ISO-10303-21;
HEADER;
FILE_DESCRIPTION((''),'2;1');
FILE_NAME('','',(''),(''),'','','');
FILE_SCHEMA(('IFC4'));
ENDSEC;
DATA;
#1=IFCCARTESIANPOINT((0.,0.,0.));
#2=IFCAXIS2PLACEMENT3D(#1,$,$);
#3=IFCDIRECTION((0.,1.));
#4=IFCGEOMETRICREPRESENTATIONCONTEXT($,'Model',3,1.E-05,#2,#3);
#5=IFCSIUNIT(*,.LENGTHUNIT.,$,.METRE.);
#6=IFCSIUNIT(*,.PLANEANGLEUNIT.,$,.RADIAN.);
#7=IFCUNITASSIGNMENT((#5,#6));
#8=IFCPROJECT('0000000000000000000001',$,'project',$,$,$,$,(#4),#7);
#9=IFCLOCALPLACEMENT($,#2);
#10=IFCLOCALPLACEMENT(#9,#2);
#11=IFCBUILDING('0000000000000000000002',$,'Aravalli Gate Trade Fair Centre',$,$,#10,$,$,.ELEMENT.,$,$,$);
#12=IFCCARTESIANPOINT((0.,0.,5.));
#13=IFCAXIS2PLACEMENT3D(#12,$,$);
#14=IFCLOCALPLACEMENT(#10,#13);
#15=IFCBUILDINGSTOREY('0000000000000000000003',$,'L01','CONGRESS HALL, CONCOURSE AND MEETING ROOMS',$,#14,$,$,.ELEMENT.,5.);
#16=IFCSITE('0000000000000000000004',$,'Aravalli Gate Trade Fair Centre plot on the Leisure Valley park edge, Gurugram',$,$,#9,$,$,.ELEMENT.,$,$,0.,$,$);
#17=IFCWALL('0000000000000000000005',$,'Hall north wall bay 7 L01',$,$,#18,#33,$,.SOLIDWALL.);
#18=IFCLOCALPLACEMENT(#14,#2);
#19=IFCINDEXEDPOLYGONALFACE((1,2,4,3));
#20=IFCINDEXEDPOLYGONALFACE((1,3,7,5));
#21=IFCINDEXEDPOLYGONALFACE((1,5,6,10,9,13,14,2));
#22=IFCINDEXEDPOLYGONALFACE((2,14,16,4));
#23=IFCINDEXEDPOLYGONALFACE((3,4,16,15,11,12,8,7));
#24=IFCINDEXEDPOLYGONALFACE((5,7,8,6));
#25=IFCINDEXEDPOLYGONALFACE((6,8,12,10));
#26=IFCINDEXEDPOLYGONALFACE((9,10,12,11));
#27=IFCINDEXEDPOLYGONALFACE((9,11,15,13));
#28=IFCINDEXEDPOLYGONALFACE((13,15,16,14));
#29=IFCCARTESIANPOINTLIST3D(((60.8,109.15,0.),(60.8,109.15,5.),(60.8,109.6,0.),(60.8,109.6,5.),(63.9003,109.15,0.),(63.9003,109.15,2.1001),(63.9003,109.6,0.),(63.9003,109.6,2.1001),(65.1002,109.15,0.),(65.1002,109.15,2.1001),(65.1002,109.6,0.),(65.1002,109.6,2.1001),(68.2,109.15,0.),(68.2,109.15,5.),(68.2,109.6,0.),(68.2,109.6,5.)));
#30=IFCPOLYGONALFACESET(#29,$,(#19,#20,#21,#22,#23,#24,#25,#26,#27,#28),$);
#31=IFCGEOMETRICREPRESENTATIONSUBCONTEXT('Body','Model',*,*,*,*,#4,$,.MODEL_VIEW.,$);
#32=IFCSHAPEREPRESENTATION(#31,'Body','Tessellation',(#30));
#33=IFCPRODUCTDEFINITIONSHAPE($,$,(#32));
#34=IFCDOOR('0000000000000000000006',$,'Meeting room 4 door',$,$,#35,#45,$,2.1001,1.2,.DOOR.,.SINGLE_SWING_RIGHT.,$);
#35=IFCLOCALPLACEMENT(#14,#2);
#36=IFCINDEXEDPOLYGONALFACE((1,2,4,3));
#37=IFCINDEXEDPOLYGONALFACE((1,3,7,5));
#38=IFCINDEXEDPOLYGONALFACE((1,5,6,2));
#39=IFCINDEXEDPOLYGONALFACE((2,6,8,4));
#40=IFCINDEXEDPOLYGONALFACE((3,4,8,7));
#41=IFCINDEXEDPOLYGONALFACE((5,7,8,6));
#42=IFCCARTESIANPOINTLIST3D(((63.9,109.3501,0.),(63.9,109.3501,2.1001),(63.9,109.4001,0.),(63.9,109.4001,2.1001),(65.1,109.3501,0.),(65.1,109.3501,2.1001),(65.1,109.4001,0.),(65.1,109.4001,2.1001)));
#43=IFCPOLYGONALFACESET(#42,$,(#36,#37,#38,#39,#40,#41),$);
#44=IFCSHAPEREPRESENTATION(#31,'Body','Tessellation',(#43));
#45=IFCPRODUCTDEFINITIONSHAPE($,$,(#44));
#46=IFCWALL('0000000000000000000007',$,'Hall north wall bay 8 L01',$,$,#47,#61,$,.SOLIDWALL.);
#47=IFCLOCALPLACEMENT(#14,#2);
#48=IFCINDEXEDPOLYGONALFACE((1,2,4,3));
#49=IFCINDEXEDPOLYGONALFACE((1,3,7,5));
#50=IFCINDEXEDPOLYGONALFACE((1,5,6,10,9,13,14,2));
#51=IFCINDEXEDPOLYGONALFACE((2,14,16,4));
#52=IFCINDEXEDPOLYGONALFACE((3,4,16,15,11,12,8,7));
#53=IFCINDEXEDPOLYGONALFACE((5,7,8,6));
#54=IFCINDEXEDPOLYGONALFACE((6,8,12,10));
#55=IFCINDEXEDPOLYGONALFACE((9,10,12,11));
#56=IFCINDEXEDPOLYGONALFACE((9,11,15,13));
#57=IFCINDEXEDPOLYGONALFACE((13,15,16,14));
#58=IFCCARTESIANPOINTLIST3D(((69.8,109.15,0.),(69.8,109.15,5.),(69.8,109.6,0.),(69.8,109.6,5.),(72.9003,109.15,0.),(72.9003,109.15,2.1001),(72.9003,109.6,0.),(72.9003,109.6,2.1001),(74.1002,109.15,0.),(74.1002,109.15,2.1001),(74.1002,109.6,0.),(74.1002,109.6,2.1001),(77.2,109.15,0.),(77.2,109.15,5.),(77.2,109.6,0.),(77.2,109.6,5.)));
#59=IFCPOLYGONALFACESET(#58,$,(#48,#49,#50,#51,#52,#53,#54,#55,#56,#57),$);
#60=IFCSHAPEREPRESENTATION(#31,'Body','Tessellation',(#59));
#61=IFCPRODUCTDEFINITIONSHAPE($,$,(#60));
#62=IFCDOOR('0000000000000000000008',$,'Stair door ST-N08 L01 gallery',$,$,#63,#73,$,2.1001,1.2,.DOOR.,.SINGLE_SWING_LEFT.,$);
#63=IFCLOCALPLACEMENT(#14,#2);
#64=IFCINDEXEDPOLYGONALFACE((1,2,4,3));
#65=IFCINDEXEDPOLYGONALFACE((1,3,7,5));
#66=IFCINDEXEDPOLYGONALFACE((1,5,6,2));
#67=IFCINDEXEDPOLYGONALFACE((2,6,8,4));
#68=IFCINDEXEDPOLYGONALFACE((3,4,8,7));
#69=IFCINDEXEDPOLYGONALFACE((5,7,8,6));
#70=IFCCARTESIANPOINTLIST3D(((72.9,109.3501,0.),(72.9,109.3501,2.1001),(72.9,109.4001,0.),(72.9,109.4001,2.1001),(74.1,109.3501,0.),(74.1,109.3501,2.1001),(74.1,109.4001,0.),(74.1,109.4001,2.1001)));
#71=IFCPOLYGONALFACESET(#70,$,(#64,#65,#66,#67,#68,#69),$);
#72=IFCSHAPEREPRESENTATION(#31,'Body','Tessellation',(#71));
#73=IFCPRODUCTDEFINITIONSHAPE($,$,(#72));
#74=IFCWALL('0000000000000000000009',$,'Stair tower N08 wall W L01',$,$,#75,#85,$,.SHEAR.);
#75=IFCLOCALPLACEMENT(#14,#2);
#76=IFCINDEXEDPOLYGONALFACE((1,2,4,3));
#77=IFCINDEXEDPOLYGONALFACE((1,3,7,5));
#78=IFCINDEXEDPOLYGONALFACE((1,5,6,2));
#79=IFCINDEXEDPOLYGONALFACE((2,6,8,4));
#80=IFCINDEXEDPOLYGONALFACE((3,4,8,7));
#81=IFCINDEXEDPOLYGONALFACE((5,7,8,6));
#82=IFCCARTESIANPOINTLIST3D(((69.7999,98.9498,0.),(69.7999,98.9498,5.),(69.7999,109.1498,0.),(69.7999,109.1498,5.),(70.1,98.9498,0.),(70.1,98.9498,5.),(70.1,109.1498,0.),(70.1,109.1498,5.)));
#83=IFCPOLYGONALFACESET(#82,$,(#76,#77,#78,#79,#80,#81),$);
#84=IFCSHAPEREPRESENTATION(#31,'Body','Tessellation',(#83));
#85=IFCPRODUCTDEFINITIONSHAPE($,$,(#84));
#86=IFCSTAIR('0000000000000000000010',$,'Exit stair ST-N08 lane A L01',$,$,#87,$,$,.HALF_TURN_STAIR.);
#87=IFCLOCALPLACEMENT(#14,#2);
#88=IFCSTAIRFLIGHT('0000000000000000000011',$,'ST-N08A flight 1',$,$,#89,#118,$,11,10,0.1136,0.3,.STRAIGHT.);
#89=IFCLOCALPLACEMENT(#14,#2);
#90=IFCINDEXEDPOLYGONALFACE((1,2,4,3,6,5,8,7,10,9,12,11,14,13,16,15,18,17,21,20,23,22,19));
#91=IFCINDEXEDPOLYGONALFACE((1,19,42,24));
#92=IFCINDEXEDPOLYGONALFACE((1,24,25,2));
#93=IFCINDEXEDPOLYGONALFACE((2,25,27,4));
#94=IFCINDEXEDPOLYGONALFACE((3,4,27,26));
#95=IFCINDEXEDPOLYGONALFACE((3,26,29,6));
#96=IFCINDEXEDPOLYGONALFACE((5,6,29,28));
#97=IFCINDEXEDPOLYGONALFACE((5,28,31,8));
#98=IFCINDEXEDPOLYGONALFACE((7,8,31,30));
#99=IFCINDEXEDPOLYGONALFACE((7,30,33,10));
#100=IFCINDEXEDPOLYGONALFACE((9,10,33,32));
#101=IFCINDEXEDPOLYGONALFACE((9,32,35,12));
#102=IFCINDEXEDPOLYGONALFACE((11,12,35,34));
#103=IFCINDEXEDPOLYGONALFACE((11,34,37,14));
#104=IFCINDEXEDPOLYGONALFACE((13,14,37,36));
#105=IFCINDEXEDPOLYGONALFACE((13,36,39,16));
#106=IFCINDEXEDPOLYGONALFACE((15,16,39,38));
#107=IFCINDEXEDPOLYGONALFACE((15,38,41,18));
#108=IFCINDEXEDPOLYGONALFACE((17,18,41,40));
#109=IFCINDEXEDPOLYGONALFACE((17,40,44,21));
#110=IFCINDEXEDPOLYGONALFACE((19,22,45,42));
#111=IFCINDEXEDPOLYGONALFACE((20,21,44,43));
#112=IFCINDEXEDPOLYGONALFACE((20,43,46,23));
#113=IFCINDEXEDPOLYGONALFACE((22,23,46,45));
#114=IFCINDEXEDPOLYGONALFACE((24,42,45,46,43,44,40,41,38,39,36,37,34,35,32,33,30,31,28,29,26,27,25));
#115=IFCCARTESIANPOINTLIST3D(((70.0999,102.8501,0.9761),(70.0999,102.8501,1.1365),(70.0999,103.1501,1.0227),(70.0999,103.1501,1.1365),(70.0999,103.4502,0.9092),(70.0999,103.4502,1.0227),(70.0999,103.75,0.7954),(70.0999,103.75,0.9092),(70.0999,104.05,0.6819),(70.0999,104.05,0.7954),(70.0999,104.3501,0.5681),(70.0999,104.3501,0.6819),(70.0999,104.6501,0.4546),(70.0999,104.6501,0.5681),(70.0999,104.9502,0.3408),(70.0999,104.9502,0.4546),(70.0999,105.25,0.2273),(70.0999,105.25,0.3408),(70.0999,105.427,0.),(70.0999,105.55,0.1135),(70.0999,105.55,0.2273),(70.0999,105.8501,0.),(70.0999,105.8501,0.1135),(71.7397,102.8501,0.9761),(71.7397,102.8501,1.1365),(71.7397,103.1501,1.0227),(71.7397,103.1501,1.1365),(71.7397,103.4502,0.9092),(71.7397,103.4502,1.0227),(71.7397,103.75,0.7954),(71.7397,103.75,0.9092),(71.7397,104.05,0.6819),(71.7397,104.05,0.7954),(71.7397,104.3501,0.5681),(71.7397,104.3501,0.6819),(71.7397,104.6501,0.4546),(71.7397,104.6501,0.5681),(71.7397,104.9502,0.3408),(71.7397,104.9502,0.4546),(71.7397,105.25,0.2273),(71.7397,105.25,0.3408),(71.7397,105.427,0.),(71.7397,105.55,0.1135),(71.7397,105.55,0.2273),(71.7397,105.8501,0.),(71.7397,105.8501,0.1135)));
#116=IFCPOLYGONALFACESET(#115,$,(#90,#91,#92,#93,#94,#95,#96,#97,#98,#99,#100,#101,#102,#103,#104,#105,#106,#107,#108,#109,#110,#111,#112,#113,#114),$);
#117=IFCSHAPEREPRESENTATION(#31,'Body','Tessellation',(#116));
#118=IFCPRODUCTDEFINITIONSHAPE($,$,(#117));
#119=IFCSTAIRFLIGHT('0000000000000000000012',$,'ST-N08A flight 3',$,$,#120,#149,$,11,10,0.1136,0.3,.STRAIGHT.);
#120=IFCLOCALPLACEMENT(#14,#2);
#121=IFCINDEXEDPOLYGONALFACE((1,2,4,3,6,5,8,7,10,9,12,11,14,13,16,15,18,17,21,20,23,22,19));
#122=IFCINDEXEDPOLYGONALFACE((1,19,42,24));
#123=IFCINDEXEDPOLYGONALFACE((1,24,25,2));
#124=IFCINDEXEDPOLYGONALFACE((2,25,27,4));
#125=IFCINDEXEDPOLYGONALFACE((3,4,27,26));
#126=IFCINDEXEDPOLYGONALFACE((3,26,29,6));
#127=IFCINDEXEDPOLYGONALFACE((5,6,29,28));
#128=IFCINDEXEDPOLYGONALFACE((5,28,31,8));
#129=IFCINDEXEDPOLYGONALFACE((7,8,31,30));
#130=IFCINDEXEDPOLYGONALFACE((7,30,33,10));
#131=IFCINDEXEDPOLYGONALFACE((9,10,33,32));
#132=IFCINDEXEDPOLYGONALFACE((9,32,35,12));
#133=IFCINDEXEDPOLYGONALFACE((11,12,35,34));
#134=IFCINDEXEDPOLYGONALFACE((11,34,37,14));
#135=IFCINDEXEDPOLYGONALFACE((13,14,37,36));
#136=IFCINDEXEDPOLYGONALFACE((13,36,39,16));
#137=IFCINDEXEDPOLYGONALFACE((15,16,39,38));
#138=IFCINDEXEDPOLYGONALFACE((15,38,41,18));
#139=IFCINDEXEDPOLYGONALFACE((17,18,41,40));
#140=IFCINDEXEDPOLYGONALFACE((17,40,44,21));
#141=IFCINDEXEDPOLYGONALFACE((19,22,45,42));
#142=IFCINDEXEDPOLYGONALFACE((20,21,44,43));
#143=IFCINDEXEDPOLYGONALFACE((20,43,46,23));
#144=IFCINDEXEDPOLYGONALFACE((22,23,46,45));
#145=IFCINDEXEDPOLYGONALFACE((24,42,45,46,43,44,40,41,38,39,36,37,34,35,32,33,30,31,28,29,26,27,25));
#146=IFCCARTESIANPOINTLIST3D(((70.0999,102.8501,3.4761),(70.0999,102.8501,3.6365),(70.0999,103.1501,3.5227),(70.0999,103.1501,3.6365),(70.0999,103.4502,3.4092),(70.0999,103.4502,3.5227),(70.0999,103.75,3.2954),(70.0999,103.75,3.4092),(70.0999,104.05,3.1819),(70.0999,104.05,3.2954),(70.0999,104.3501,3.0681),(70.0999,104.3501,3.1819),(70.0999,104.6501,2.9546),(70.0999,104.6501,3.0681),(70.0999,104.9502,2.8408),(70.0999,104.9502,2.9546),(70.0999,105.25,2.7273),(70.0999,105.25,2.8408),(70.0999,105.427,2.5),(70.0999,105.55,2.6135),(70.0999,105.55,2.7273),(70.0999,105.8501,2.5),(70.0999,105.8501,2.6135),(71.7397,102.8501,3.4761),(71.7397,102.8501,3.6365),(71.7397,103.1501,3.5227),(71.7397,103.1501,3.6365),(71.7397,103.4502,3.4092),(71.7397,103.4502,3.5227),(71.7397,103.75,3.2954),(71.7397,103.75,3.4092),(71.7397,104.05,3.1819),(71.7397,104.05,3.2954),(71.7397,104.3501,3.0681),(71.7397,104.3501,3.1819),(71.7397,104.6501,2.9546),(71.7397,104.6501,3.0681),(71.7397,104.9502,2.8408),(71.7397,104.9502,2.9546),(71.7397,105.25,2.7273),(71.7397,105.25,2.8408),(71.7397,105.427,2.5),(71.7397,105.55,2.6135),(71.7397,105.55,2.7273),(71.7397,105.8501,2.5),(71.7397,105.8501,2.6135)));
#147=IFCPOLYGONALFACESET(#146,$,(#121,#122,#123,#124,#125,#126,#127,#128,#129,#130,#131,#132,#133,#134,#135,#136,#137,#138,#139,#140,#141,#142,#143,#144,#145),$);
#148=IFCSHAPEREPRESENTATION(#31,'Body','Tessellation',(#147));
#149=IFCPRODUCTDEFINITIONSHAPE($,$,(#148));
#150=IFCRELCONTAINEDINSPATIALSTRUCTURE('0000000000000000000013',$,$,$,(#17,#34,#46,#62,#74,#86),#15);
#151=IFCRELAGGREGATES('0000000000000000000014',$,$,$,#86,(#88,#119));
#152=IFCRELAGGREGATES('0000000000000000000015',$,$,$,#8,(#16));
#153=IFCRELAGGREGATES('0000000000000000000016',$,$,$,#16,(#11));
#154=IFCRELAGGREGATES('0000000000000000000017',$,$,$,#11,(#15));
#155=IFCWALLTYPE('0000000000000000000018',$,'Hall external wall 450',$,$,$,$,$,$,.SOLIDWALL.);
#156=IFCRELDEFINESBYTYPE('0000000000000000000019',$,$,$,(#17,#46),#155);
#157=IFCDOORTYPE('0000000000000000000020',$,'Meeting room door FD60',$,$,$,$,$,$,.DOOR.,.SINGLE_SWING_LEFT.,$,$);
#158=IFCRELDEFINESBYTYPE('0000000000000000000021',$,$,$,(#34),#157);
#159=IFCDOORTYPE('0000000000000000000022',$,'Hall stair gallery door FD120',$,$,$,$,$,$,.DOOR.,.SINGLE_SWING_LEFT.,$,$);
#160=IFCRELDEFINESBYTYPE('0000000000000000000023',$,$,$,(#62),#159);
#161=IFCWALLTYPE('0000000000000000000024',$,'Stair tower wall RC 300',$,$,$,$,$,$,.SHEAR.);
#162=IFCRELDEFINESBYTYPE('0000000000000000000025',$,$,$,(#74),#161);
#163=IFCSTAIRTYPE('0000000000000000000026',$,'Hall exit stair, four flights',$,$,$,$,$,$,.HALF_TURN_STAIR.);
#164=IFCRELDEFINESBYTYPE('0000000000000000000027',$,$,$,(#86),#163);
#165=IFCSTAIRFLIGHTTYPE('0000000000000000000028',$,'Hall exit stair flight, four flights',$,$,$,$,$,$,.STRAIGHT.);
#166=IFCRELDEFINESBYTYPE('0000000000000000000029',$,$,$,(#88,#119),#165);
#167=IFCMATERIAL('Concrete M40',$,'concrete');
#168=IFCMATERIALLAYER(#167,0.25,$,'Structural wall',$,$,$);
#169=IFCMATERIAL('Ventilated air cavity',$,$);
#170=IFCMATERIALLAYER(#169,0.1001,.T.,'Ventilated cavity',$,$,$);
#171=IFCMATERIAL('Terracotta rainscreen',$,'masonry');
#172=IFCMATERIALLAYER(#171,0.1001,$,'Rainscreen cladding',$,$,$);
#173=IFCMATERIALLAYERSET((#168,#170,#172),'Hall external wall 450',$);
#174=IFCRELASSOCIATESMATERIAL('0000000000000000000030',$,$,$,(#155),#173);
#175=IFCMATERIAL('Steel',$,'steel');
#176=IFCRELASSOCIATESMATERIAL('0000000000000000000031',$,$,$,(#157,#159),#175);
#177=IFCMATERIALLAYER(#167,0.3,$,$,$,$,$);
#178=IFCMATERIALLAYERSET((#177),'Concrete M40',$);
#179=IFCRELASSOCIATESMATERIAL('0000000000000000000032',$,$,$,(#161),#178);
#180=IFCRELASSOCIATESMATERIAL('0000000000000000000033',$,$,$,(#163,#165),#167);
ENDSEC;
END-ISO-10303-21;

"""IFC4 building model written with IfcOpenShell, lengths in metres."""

from ifc_helpers import new_model, si_unit, direction, frame, frame_2d, origin, place, context, subcontext, project, spatial, polyline, rectangle, outline, extrude, material, layer, layer_set, type_object, element, fill, aggregate, save


model = new_model("IFC4")

# Units and contexts
model_context = context("Model", 3, precision=1e-05, world=origin(), true_north=direction((0.0, 1.0)))
body_context = subcontext(model_context, "Body", "Model", "MODEL_VIEW")
ifc_project = project(units=[si_unit("LENGTHUNIT", "METRE"), si_unit("PLANEANGLEUNIT", "RADIAN")], contexts=[model_context])

# Site, building, storey
site_placement = place(None, origin())
site = spatial("IfcSite", under=ifc_project, at=site_placement, Name="Aravalli Gate Trade Fair Centre plot on the Leisure Valley park edge, Gurugram", CompositionType="ELEMENT", RefElevation=0.0)
building_placement = place(site_placement, origin())
building = spatial("IfcBuilding", under=site, at=building_placement, Name="Aravalli Gate Trade Fair Centre", CompositionType="ELEMENT")
storey_placement = place(building_placement, frame((0.0, 0.0, 5.0)))
storey = spatial("IfcBuildingStorey", under=building, at=storey_placement, Name="L01", Description="CONGRESS HALL, CONCOURSE AND MEETING ROOMS", CompositionType="ELEMENT", Elevation=5.0)

# Walls, openings, doors
ifc_material_1 = material(Name="Concrete M40", Category="concrete")
ifc_layer_1 = layer(ifc_material_1, 0.25, Name="Structural wall")
ifc_material_2 = material(Name="Ventilated air cavity")
ifc_layer_2 = layer(ifc_material_2, 0.1001, ventilated=True, Name="Ventilated cavity")
ifc_material_3 = material(Name="Terracotta rainscreen", Category="masonry")
ifc_layer_3 = layer(ifc_material_3, 0.1001, Name="Rainscreen cladding")
ifc_layer_set_1 = layer_set([ifc_layer_1, ifc_layer_2, ifc_layer_3], Name="Hall external wall 450")
wall_type_1 = type_object("IfcWallType", Name="Hall external wall 450", PredefinedType="SOLIDWALL", material=ifc_layer_set_1)
wall_1_placement = place(storey_placement, frame((60.8, 109.375, 0.0), z_axis=(0.0, 0.0, 1.0), x_axis=(1.0, 0.0, 0.0)))
wall_1 = element("IfcWall", 1, at=wall_1_placement, inside=storey, type_object=wall_type_1, Name="Hall north wall bay 7 L01", PredefinedType="SOLIDWALL", context=body_context, shape_type="SweptSolid", body=[
    extrude(rectangle(XDim=7.3999, YDim=0.45, at=frame_2d((3.7, 0.0))), origin(), (0.0, 0.0, 1.0), 5.0),
])
opening_1_placement = place(wall_1_placement, frame((3.1001, 0.0, 0.0)))
opening_1 = element("IfcOpeningElement", 2, at=opening_1_placement, cuts=wall_1, PredefinedType="OPENING", context=body_context, shape_type="SweptSolid", body=[
    extrude(rectangle(XDim=1.2, YDim=2.1001, at=frame_2d((0.6001, 1.05))), frame((0.0, 0.2349, 0.0), z_axis=(0.0, -1.0, 0.0), x_axis=(1.0, 0.0, 0.0)), (0.0, 0.0, 1.0), 0.47),
])
ifc_material_4 = material(Name="Steel", Category="steel")
door_type_1 = type_object("IfcDoorType", Name="Meeting room door FD60", OperationType="SINGLE_SWING_LEFT", PredefinedType="DOOR", material=ifc_material_4)
door_1_placement = place(opening_1_placement, frame((1.2, 0.0, 0.0), z_axis=(0.0, 0.0, 1.0), x_axis=(-1.0, 0.0, 0.0)))
door_1 = element("IfcDoor", 3, at=door_1_placement, inside=storey, type_object=door_type_1, Name="Meeting room 4 door", OperationType="SINGLE_SWING_RIGHT", OverallHeight=2.1001, OverallWidth=1.2, PredefinedType="DOOR", context=body_context, shape_type="SweptSolid", body=[
    extrude(rectangle(XDim=1.2, YDim=2.1001, at=frame_2d((0.6001, 1.05))), frame((0.0, 0.0249, 0.0), z_axis=(0.0, -1.0, 0.0), x_axis=(1.0, 0.0, 0.0)), (0.0, 0.0, 1.0), 0.05),
])
fill(opening_1, door_1)
wall_2_placement = place(storey_placement, frame((69.8, 109.375, 0.0), z_axis=(0.0, 0.0, 1.0), x_axis=(1.0, 0.0, 0.0)))
wall_2 = element("IfcWall", 4, at=wall_2_placement, inside=storey, type_object=wall_type_1, Name="Hall north wall bay 8 L01", PredefinedType="SOLIDWALL", context=body_context, shape_type="SweptSolid", body=[
    extrude(rectangle(XDim=7.3999, YDim=0.45, at=frame_2d((3.7, 0.0))), origin(), (0.0, 0.0, 1.0), 5.0),
])
opening_2_placement = place(wall_2_placement, frame((3.1001, 0.0, 0.0)))
opening_2 = element("IfcOpeningElement", 5, at=opening_2_placement, cuts=wall_2, PredefinedType="OPENING", context=body_context, shape_type="SweptSolid", body=[
    extrude(rectangle(XDim=1.2, YDim=2.1001, at=frame_2d((0.6001, 1.05))), frame((0.0, 0.2349, 0.0), z_axis=(0.0, -1.0, 0.0), x_axis=(1.0, 0.0, 0.0)), (0.0, 0.0, 1.0), 0.47),
])
door_type_2 = type_object("IfcDoorType", Name="Hall stair gallery door FD120", OperationType="SINGLE_SWING_LEFT", PredefinedType="DOOR", material=ifc_material_4)
door_2_placement = place(opening_2_placement, frame((1.2, 0.0, 0.0), z_axis=(0.0, 0.0, 1.0), x_axis=(-1.0, 0.0, 0.0)))
door_2 = element("IfcDoor", 6, at=door_2_placement, inside=storey, type_object=door_type_2, Name="Stair door ST-N08 L01 gallery", OperationType="SINGLE_SWING_LEFT", OverallHeight=2.1001, OverallWidth=1.2, PredefinedType="DOOR", context=body_context, shape_type="SweptSolid", body=[
    extrude(rectangle(XDim=1.2, YDim=2.1001, at=frame_2d((0.6001, 1.05))), frame((0.0, 0.0249, 0.0), z_axis=(0.0, -1.0, 0.0), x_axis=(1.0, 0.0, 0.0)), (0.0, 0.0, 1.0), 0.05),
])
fill(opening_2, door_2)

# Wall
ifc_layer_4 = layer(ifc_material_1, 0.3)
ifc_layer_set_2 = layer_set([ifc_layer_4], Name="Concrete M40")
wall_type_2 = type_object("IfcWallType", Name="Stair tower wall RC 300", PredefinedType="SHEAR", material=ifc_layer_set_2)
wall_3_placement = place(storey_placement, frame((69.95, 109.1499, 0.0), z_axis=(0.0, 0.0, 1.0), x_axis=(0.0, -1.0, 0.0)))
element("IfcWall", 7, at=wall_3_placement, inside=storey, type_object=wall_type_2, Name="Stair tower N08 wall W L01", PredefinedType="SHEAR", context=body_context, shape_type="SweptSolid", body=[
    extrude(rectangle(XDim=10.2, YDim=0.3, at=frame_2d((5.1001, 0.0))), origin(), (0.0, 0.0, 1.0), 5.0),
])

# Stair, stair flights
stair_type = type_object("IfcStairType", Name="Hall exit stair, four flights", PredefinedType="HALF_TURN_STAIR", material=ifc_material_1)
stair_placement = place(storey_placement, origin())
stair = element("IfcStair", 8, at=stair_placement, inside=storey, type_object=stair_type, Name="Exit stair ST-N08 lane A L01", PredefinedType="HALF_TURN_STAIR")
stair_flight_type = type_object("IfcStairFlightType", Name="Hall exit stair flight, four flights", PredefinedType="STRAIGHT", material=ifc_material_1)
stair_flight_1_placement = place(storey_placement, frame((70.9199, 105.8501, 0.0), z_axis=(0.0, 0.0, 1.0), x_axis=(0.0, -1.0, 0.0)))
stair_flight_1 = element("IfcStairFlight", 9, at=stair_flight_1_placement, type_object=stair_flight_type, Name="ST-N08A flight 1", NumberOfRisers=11, NumberOfTreads=10, PredefinedType="STRAIGHT", RiserHeight=0.1136, TreadLength=0.3, context=body_context, shape_type="SweptSolid", body=[
    extrude(outline(polyline([(0.0, 0.0), (0.0, 0.1135), (0.3, 0.1135), (0.3, 0.2273), (0.6001, 0.2273), (0.6001, 0.3408), (0.8999, 0.3408), (0.8999, 0.4546), (1.2, 0.4546), (1.2, 0.5681), (1.5, 0.5681), (1.5, 0.6819), (1.8, 0.6819), (1.8, 0.7954), (2.1001, 0.7954), (2.1001, 0.9092), (2.3999, 0.9092), (2.3999, 1.0227), (2.7, 1.0227), (2.7, 1.1365), (3.0, 1.1365), (3.0, 1.25), (3.0, 0.9761), (0.4231, 0.0), (0.0, 0.0)])), frame((0.0, 0.8198, 0.0), z_axis=(0.0, -1.0, 0.0), x_axis=(1.0, 0.0, 0.0)), (0.0, 0.0, 1.0), 1.6399),
])
stair_flight_2_placement = place(storey_placement, frame((70.9199, 105.8501, 2.5), z_axis=(0.0, 0.0, 1.0), x_axis=(0.0, -1.0, 0.0)))
stair_flight_2 = element("IfcStairFlight", 10, at=stair_flight_2_placement, type_object=stair_flight_type, Name="ST-N08A flight 3", NumberOfRisers=11, NumberOfTreads=10, PredefinedType="STRAIGHT", RiserHeight=0.1136, TreadLength=0.3, context=body_context, shape_type="SweptSolid", body=[
    extrude(outline(polyline([(0.0, 0.0), (0.0, 0.1135), (0.3, 0.1135), (0.3, 0.2273), (0.6001, 0.2273), (0.6001, 0.3408), (0.8999, 0.3408), (0.8999, 0.4546), (1.2, 0.4546), (1.2, 0.5681), (1.5, 0.5681), (1.5, 0.6819), (1.8, 0.6819), (1.8, 0.7954), (2.1001, 0.7954), (2.1001, 0.9092), (2.3999, 0.9092), (2.3999, 1.0227), (2.7, 1.0227), (2.7, 1.1365), (3.0, 1.1365), (3.0, 1.25), (3.0, 0.9761), (0.4231, 0.0), (0.0, 0.0)])), frame((0.0, 0.8198, 0.0), z_axis=(0.0, -1.0, 0.0), x_axis=(1.0, 0.0, 0.0)), (0.0, 0.0, 1.0), 1.6399),
])
aggregate(stair, [stair_flight_1, stair_flight_2])

save(model, "model.ifc")
